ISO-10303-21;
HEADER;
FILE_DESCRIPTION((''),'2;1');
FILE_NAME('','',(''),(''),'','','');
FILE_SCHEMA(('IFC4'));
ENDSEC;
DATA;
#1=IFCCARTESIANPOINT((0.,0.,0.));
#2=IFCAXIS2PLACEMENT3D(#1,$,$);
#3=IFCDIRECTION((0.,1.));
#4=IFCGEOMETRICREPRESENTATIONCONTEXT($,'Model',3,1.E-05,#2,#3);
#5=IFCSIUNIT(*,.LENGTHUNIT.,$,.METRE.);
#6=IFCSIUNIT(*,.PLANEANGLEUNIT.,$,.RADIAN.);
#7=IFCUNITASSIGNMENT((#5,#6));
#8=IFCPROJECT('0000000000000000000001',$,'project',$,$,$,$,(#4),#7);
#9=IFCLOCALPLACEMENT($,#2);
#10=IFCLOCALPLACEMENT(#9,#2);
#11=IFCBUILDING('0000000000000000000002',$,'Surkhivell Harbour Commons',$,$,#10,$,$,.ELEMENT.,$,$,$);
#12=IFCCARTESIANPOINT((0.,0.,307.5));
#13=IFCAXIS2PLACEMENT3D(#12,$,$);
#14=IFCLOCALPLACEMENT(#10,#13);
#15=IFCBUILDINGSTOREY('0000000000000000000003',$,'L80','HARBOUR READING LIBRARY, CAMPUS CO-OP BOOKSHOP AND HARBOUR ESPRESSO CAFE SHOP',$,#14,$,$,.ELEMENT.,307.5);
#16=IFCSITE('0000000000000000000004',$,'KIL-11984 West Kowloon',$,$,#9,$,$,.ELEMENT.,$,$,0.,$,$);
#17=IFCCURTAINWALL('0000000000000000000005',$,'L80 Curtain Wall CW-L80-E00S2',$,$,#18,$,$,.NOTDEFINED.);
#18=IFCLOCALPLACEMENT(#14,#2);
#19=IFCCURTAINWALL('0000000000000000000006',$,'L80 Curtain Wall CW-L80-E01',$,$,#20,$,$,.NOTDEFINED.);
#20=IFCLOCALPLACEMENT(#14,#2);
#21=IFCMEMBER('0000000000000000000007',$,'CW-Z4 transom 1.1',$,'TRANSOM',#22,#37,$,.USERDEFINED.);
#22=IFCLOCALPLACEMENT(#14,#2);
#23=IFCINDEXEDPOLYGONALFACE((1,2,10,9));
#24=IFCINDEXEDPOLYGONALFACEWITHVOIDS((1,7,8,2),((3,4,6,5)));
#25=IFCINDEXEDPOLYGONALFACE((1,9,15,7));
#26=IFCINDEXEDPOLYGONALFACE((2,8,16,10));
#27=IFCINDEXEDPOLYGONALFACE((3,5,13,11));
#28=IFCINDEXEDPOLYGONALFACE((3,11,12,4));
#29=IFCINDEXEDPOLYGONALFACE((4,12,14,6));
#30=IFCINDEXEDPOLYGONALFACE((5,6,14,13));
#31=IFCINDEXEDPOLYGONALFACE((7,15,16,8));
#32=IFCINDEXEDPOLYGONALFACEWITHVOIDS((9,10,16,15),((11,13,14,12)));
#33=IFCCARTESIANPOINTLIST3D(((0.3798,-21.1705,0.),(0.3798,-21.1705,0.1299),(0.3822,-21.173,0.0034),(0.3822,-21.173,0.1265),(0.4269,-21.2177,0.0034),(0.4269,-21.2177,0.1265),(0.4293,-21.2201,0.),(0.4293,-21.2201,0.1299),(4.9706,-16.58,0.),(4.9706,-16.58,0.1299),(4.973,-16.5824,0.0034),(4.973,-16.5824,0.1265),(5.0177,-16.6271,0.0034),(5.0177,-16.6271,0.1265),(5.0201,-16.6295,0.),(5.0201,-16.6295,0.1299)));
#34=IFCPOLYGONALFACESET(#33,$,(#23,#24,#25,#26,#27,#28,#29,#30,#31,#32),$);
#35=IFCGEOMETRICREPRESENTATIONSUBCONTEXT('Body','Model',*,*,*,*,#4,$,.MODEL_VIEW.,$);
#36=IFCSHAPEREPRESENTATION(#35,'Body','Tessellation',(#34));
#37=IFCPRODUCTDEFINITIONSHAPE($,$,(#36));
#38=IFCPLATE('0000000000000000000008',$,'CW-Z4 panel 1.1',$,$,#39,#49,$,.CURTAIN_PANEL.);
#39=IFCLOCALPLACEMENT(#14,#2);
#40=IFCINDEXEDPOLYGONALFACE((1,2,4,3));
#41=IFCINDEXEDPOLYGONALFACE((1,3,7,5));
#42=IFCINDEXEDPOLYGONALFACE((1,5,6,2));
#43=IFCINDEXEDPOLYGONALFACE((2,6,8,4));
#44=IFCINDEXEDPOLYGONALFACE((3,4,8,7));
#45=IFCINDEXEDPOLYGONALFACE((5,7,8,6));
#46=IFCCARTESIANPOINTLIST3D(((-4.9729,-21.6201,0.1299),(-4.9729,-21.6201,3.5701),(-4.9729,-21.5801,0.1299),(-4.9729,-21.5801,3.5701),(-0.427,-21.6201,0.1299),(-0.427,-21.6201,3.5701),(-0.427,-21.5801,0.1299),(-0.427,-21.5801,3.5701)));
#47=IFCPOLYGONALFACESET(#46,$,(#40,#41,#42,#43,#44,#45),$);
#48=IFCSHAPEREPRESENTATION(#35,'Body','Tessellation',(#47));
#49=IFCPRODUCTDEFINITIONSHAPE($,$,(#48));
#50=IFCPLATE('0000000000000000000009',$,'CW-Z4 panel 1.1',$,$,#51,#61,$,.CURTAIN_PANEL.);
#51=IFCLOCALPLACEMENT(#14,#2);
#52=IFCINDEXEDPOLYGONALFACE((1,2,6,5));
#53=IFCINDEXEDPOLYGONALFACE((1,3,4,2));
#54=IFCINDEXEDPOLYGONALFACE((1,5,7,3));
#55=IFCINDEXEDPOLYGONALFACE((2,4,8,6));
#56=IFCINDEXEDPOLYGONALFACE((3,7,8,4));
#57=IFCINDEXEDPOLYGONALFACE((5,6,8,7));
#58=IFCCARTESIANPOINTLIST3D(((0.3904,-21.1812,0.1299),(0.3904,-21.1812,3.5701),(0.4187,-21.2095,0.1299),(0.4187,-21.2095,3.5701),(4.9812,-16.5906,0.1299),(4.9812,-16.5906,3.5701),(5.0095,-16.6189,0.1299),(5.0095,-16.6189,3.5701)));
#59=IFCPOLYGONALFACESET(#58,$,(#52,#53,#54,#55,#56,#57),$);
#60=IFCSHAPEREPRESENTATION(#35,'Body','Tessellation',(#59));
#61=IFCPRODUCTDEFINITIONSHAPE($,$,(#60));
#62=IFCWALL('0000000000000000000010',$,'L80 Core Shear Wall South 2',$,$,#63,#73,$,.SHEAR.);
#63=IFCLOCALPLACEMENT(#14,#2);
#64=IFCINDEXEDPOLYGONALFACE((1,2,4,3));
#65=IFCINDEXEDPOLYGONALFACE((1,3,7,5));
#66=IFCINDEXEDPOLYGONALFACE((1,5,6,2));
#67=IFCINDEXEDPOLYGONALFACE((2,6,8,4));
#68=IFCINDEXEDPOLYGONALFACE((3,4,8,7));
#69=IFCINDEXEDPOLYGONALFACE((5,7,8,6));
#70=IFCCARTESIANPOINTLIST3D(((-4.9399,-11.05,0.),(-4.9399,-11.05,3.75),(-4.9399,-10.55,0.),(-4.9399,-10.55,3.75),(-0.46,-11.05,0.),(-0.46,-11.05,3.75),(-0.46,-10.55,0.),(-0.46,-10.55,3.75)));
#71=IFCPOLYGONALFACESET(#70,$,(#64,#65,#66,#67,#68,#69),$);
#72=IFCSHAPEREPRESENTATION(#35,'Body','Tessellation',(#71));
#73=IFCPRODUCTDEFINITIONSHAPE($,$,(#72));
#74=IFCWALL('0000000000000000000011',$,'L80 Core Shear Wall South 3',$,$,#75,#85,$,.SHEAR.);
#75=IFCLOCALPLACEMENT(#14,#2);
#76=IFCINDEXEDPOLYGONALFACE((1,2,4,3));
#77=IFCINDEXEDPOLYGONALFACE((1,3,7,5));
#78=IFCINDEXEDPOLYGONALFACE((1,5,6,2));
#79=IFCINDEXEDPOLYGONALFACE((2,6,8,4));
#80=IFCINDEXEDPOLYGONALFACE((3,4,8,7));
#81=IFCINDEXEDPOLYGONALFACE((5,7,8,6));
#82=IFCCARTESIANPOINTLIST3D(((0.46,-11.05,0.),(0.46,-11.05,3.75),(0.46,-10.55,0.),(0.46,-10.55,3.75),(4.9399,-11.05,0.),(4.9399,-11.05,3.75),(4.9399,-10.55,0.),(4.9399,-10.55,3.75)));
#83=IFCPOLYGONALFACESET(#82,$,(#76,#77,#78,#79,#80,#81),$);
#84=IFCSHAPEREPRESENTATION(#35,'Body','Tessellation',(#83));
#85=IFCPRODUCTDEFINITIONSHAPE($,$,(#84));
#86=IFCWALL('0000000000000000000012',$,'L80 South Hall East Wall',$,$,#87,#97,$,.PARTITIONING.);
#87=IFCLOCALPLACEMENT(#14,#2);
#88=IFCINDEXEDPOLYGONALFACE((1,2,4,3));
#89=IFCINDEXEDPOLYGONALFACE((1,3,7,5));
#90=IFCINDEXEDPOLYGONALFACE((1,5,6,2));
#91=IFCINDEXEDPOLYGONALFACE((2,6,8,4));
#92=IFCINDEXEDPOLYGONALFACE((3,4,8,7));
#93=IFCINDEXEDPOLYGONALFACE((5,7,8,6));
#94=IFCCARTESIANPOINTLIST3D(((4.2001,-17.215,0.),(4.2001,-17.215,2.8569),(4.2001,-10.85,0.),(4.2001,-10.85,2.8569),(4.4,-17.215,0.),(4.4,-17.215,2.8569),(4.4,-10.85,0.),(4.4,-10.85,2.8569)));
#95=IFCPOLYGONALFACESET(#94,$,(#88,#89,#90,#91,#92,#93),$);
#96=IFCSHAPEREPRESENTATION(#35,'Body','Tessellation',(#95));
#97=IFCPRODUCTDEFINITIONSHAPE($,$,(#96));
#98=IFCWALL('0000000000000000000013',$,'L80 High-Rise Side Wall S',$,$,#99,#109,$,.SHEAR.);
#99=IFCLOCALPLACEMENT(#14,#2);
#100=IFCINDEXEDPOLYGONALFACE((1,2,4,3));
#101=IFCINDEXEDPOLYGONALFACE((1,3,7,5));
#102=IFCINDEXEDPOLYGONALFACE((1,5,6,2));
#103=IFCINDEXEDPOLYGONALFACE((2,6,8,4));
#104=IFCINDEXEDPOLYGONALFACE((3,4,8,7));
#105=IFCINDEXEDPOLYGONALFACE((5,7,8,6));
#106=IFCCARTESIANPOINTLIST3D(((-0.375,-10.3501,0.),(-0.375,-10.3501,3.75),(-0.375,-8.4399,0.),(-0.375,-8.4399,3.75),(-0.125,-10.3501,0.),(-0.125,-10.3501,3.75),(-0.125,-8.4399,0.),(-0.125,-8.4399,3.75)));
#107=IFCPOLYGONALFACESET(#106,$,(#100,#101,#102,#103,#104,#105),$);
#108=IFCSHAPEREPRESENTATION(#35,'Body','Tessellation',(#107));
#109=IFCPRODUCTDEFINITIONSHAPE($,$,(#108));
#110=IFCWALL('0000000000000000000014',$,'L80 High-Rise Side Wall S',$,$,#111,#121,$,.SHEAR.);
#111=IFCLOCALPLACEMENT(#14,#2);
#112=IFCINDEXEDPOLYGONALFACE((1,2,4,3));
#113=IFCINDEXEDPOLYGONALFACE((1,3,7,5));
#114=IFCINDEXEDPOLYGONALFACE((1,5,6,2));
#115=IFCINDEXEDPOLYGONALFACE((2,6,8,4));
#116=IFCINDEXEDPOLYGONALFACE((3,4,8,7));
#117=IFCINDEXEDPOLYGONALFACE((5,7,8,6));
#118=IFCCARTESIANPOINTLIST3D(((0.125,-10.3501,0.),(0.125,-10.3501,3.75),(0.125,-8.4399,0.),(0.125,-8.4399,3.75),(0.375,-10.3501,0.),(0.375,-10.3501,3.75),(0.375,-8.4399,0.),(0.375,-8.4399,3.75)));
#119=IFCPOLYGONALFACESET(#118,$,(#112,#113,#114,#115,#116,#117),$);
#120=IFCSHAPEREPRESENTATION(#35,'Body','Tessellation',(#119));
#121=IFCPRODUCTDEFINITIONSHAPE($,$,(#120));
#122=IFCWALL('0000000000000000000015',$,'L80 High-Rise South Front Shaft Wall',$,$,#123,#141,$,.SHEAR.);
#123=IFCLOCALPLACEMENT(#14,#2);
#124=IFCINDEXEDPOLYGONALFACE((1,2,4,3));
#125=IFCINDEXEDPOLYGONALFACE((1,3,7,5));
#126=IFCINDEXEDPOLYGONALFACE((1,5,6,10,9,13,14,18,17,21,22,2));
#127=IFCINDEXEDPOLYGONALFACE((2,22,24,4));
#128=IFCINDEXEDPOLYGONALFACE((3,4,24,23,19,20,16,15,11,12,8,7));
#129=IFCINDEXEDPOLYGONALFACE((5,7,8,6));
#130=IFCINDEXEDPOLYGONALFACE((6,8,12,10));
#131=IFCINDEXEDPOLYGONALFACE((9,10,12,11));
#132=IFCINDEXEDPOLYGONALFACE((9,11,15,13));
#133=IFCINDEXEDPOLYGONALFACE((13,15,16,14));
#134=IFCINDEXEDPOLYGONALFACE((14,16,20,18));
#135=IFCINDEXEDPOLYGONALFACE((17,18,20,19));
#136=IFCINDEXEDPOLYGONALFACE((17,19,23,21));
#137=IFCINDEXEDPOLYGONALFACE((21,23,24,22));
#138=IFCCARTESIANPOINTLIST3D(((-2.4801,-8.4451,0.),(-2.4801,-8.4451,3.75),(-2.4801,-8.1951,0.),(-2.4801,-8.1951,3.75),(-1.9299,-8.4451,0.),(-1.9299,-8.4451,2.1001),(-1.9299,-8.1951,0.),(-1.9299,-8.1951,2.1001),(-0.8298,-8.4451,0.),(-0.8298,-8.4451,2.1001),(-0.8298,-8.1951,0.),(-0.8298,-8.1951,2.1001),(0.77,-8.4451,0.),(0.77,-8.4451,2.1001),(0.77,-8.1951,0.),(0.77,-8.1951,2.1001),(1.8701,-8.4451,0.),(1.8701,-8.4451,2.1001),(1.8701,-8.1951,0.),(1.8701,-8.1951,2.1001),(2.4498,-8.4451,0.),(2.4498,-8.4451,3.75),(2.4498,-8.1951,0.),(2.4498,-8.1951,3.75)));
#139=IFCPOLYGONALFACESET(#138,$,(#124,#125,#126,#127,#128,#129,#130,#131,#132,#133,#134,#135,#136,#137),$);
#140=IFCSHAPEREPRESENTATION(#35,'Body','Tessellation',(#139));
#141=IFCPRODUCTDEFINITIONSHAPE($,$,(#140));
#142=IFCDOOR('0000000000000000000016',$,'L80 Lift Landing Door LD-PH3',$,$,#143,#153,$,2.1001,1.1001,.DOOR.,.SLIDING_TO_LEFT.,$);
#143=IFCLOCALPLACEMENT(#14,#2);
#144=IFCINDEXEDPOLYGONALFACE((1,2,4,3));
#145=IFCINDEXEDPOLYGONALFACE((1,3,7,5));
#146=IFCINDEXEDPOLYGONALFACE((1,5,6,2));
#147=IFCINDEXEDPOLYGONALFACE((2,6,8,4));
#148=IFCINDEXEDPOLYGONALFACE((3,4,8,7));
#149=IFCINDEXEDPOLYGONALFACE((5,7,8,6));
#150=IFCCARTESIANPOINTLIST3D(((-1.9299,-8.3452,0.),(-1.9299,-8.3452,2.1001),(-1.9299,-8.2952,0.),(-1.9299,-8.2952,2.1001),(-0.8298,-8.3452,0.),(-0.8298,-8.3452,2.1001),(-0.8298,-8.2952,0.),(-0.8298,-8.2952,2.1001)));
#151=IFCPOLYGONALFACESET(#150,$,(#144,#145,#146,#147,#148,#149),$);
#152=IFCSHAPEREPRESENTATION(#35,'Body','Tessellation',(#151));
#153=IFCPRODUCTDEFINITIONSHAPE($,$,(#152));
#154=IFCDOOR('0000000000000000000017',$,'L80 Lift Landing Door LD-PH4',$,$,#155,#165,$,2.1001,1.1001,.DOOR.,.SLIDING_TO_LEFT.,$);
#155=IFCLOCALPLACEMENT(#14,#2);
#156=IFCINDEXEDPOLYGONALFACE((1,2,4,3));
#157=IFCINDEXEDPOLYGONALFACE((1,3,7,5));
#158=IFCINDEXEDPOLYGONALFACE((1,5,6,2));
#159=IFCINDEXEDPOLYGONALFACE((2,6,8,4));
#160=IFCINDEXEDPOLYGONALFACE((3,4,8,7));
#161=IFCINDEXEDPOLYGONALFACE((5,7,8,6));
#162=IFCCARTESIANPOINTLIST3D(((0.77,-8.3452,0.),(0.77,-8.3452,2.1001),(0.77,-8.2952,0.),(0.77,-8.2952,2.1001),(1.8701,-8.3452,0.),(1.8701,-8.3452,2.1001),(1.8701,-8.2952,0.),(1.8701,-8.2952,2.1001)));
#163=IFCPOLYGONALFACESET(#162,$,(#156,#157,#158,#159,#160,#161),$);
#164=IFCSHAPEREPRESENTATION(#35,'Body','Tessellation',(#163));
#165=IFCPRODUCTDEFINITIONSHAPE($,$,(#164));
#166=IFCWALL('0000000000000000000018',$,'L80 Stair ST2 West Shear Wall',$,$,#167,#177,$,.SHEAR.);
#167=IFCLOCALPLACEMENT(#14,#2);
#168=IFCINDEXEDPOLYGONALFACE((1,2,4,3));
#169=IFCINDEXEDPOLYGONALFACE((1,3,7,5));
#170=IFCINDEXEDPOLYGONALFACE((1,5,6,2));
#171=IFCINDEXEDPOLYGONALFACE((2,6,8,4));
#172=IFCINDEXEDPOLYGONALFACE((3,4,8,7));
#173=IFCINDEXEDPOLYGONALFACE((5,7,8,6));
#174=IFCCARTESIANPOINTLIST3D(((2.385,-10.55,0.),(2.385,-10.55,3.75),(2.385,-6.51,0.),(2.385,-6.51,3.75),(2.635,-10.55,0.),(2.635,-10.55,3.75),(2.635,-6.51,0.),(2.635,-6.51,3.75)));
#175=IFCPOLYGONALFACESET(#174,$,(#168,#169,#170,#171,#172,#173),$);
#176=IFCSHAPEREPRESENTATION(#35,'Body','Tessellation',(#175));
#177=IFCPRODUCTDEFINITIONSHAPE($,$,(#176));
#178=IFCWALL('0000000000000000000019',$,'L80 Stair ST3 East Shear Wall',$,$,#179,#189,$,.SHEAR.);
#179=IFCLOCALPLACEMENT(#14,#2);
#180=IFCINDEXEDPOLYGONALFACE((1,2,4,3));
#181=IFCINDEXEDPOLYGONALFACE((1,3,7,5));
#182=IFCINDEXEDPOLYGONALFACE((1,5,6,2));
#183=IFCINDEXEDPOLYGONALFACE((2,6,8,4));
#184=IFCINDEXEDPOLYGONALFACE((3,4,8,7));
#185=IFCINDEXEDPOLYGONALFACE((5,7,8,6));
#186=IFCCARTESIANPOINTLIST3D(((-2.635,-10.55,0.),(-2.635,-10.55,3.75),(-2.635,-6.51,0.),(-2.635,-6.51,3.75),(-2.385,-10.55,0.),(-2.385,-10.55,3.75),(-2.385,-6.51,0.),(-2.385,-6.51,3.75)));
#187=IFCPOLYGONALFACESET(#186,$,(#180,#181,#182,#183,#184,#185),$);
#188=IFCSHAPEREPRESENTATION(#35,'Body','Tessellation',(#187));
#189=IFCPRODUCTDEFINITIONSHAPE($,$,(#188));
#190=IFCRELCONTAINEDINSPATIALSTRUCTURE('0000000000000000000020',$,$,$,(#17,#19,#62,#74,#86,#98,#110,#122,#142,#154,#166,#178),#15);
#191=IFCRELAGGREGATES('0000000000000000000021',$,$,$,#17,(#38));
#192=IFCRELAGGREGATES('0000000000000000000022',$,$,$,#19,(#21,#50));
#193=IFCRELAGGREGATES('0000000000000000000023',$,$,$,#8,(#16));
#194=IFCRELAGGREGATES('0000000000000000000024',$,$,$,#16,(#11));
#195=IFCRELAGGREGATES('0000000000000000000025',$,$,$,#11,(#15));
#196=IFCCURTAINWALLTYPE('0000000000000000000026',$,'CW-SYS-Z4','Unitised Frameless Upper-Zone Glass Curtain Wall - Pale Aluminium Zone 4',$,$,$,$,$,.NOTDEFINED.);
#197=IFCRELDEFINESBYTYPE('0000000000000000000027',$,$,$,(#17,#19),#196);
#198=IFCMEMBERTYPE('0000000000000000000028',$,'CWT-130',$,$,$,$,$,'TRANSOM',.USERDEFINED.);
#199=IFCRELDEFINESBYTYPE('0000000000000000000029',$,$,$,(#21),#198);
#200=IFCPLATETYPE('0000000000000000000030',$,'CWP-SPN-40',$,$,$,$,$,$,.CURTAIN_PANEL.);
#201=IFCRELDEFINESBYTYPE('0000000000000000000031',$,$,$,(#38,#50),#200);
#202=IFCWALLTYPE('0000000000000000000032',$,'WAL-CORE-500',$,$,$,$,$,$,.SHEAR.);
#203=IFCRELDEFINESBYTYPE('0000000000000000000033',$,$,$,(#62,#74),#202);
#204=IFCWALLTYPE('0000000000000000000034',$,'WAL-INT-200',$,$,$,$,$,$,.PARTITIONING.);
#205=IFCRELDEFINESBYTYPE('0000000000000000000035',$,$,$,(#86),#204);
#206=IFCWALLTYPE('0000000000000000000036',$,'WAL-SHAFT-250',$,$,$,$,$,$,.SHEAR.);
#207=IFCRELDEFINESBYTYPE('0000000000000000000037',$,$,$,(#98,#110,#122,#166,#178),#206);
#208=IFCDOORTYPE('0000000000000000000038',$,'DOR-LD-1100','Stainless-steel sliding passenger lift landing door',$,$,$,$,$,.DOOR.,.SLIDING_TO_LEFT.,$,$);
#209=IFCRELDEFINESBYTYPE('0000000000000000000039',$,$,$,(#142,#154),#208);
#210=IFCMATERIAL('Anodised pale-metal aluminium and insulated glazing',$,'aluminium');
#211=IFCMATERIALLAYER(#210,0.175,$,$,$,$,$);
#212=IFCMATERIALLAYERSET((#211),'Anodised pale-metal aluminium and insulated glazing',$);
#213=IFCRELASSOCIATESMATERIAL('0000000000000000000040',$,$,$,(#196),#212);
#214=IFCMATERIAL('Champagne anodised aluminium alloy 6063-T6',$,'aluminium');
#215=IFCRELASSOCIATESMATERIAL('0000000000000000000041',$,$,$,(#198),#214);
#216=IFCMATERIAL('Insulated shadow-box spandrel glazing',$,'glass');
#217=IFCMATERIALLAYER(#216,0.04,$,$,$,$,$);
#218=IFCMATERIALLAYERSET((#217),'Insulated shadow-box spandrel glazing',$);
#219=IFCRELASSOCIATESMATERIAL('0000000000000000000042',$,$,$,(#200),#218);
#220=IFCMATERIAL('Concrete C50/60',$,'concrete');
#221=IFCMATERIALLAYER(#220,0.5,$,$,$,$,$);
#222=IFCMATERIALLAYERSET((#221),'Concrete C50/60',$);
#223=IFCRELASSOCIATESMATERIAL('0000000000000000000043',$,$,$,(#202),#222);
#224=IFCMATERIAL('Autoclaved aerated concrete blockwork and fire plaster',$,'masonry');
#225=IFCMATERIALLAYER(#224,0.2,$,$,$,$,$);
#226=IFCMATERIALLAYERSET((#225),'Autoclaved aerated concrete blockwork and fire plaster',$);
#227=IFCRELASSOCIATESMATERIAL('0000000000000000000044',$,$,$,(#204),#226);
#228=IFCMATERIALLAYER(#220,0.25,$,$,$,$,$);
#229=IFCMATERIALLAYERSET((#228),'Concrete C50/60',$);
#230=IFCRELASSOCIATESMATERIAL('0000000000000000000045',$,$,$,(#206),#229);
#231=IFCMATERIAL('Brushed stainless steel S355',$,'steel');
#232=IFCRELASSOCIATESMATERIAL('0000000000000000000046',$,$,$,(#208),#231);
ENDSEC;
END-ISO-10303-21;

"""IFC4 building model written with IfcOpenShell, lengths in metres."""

from ifc_helpers import new_model, si_unit, direction, frame, frame_2d, origin, origin_2d, place, context, subcontext, project, spatial, rectangle, hollow_rectangle, extrude, material, layer, layer_set, material_profile, profile_set, type_object, element, fill, aggregate, save


model = new_model("IFC4")

# Units and contexts
model_context = context("Model", 3, precision=1e-05, world=origin(), true_north=direction((0.0, 1.0)))
body_context = subcontext(model_context, "Body", "Model", "MODEL_VIEW")
ifc_project = project(units=[si_unit("LENGTHUNIT", "METRE"), si_unit("PLANEANGLEUNIT", "RADIAN")], contexts=[model_context])

# Site, building, storey
site_placement = place(None, origin())
site = spatial("IfcSite", under=ifc_project, at=site_placement, Name="KIL-11984 West Kowloon", CompositionType="ELEMENT", RefElevation=0.0)
building_placement = place(site_placement, origin())
building = spatial("IfcBuilding", under=site, at=building_placement, Name="Surkhivell Harbour Commons", CompositionType="ELEMENT")
storey_placement = place(building_placement, frame((0.0, 0.0, 307.5)))
storey = spatial("IfcBuildingStorey", under=building, at=storey_placement, Name="L80", Description="HARBOUR READING LIBRARY, CAMPUS CO-OP BOOKSHOP AND HARBOUR ESPRESSO CAFE SHOP", CompositionType="ELEMENT", Elevation=307.5)

# Shared definitions
ifc_material_1 = material(Name="Concrete C50/60", Category="concrete")

# Curtain wall
ifc_material_2 = material(Name="Anodised pale-metal aluminium and insulated glazing", Category="aluminium")
ifc_layer_1 = layer(ifc_material_2, 0.175)
ifc_layer_set_1 = layer_set([ifc_layer_1], Name="Anodised pale-metal aluminium and insulated glazing")
curtain_wall_type = type_object("IfcCurtainWallType", Name="CW-SYS-Z4", Description="Unitised Frameless Upper-Zone Glass Curtain Wall - Pale Aluminium Zone 4", PredefinedType="NOTDEFINED", material=ifc_layer_set_1)
curtain_wall_1_placement = place(storey_placement, origin())
curtain_wall_1 = element("IfcCurtainWall", 1, at=curtain_wall_1_placement, inside=storey, type_object=curtain_wall_type, Name="L80 Curtain Wall CW-L80-E00S2", PredefinedType="NOTDEFINED")

# Curtain wall
curtain_wall_2_placement = place(storey_placement, origin())
curtain_wall_2 = element("IfcCurtainWall", 2, at=curtain_wall_2_placement, inside=storey, type_object=curtain_wall_type, Name="L80 Curtain Wall CW-L80-E01", PredefinedType="NOTDEFINED")

# Member
ifc_material_3 = material(Name="Champagne anodised aluminium alloy 6063-T6", Category="aluminium")
ifc_material_profile_1 = material_profile(ifc_material_3, hollow_rectangle(XDim=0.0701, YDim=0.1299, WallThickness=0.0034, at=origin_2d()), Name="ALU-TRAN-70x130")
ifc_profile_set_1 = profile_set([ifc_material_profile_1], Name="Champagne anodised aluminium alloy 6063-T6")
member_type_1 = type_object("IfcMemberType", Name="CWT-130", ElementType="TRANSOM", PredefinedType="USERDEFINED", material=ifc_profile_set_1)
member_1_placement = place(storey_placement, frame((0.4045, -21.1953, 0.0649), z_axis=(0.707126, 0.707088, 0.0), x_axis=(-0.707088, 0.707126, 0.0)))
member_1 = element("IfcMember", 3, at=member_1_placement, type_object=member_type_1, Name="CW-Z4 transom 1.1", ObjectType="TRANSOM", PredefinedType="USERDEFINED", context=body_context, shape_type="SweptSolid", body=[
    extrude(hollow_rectangle(XDim=0.0701, YDim=0.1299, WallThickness=0.0034, at=origin_2d()), origin(), (0.0, 0.0, 1.0), 6.4922),
])

# Plates
ifc_material_4 = material(Name="Insulated shadow-box spandrel glazing", Category="glass")
ifc_layer_2 = layer(ifc_material_4, 0.04)
ifc_layer_set_2 = layer_set([ifc_layer_2], Name="Insulated shadow-box spandrel glazing")
plate_type = type_object("IfcPlateType", Name="CWP-SPN-40", PredefinedType="CURTAIN_PANEL", material=ifc_layer_set_2)
plate_1_placement = place(storey_placement, frame((-4.9729, -21.6001, 0.1299), z_axis=(0.0, 0.0, 1.0), x_axis=(1.0, 0.0, 0.0)))
plate_1 = element("IfcPlate", 4, at=plate_1_placement, type_object=plate_type, Name="CW-Z4 panel 1.1", PredefinedType="CURTAIN_PANEL", context=body_context, shape_type="SweptSolid", body=[
    extrude(rectangle(XDim=4.5459, YDim=0.04, at=frame_2d((2.2729, 0.0))), origin(), (0.0, 0.0, 1.0), 3.4402),
])
aggregate(curtain_wall_1, [plate_1])
plate_2_placement = place(storey_placement, frame((0.4045, -21.1953, 0.1299), z_axis=(0.0, 0.0, 1.0), x_axis=(0.707126, 0.707088, 0.0)))
plate_2 = element("IfcPlate", 5, at=plate_2_placement, type_object=plate_type, Name="CW-Z4 panel 1.1", PredefinedType="CURTAIN_PANEL", context=body_context, shape_type="SweptSolid", body=[
    extrude(rectangle(XDim=6.4922, YDim=0.04, at=frame_2d((3.2461, 0.0))), origin(), (0.0, 0.0, 1.0), 3.4402),
])
aggregate(curtain_wall_2, [member_1, plate_2])

# Walls
ifc_layer_3 = layer(ifc_material_1, 0.5)
ifc_layer_set_3 = layer_set([ifc_layer_3], Name="Concrete C50/60")
wall_type_1 = type_object("IfcWallType", Name="WAL-CORE-500", PredefinedType="SHEAR", material=ifc_layer_set_3)
for number, where, z_axis, x_axis, name in (
    (6, (-4.9399, -10.8, 0.0), (0.0, 0.0, 1.0), (1.0, 0.0, 0.0), "L80 Core Shear Wall South 2"),
    (7, (0.46, -10.8, 0.0), (0.0, 0.0, 1.0), (1.0, 0.0, 0.0), "L80 Core Shear Wall South 3"),
):
    element("IfcWall", number, at=place(storey_placement, frame(where, z_axis=z_axis, x_axis=x_axis)), inside=storey, type_object=wall_type_1, Name=name, PredefinedType="SHEAR", context=body_context, shape_type="SweptSolid", body=[
        extrude(rectangle(XDim=4.48, YDim=0.5, at=frame_2d((2.24, 0.0))), origin(), (0.0, 0.0, 1.0), 3.75),
    ])
ifc_material_5 = material(Name="Autoclaved aerated concrete blockwork and fire plaster", Category="masonry")
ifc_layer_4 = layer(ifc_material_5, 0.2)
ifc_layer_set_4 = layer_set([ifc_layer_4], Name="Autoclaved aerated concrete blockwork and fire plaster")
wall_type_2 = type_object("IfcWallType", Name="WAL-INT-200", PredefinedType="PARTITIONING", material=ifc_layer_set_4)
wall_1_placement = place(storey_placement, frame((4.3, -17.2151, 0.0), z_axis=(0.0, 0.0, 1.0), x_axis=(0.0, 1.0, 0.0)))
element("IfcWall", 8, at=wall_1_placement, inside=storey, type_object=wall_type_2, Name="L80 South Hall East Wall", PredefinedType="PARTITIONING", context=body_context, shape_type="SweptSolid", body=[
    extrude(rectangle(XDim=6.365, YDim=0.2, at=frame_2d((3.1826, 0.0))), origin(), (0.0, 0.0, 1.0), 2.8569),
])
ifc_layer_5 = layer(ifc_material_1, 0.25)
ifc_layer_set_5 = layer_set([ifc_layer_5], Name="Concrete C50/60")
wall_type_3 = type_object("IfcWallType", Name="WAL-SHAFT-250", PredefinedType="SHEAR", material=ifc_layer_set_5)
for number, where, z_axis, x_axis, name in (
    (9, (-0.25, -10.3501, 0.0), (0.0, 0.0, 1.0), (0.0, 1.0, 0.0), "L80 High-Rise Side Wall S"),
    (10, (0.25, -10.3501, 0.0), (0.0, 0.0, 1.0), (0.0, 1.0, 0.0), "L80 High-Rise Side Wall S"),
):
    element("IfcWall", number, at=place(storey_placement, frame(where, z_axis=z_axis, x_axis=x_axis)), inside=storey, type_object=wall_type_3, Name=name, PredefinedType="SHEAR", context=body_context, shape_type="SweptSolid", body=[
        extrude(rectangle(XDim=1.9102, YDim=0.25, at=frame_2d((0.9551, 0.0))), origin(), (0.0, 0.0, 1.0), 3.75),
    ])

# Wall, openings, doors
wall_2_placement = place(storey_placement, frame((-2.48, -8.3201, 0.0), z_axis=(0.0, 0.0, 1.0), x_axis=(1.0, 0.0, 0.0)))
wall_2 = element("IfcWall", 11, at=wall_2_placement, inside=storey, type_object=wall_type_3, Name="L80 High-Rise South Front Shaft Wall", PredefinedType="SHEAR", context=body_context, shape_type="SweptSolid", body=[
    extrude(rectangle(XDim=4.9299, YDim=0.25, at=frame_2d((2.4648, 0.0))), origin(), (0.0, 0.0, 1.0), 3.75),
])
opening_1_placement = place(wall_2_placement, frame((0.55, 0.0, 0.0)))
opening_1 = element("IfcOpeningElement", 12, at=opening_1_placement, cuts=wall_2, PredefinedType="OPENING", context=body_context, shape_type="SweptSolid", body=[
    extrude(rectangle(XDim=1.1001, YDim=2.1001, at=frame_2d((0.55, 1.05))), frame((0.0, 0.135, 0.0), z_axis=(0.0, -1.0, 0.0), x_axis=(1.0, 0.0, 0.0)), (0.0, 0.0, 1.0), 0.27),
])
opening_2_placement = place(wall_2_placement, frame((3.25, 0.0, 0.0)))
opening_2 = element("IfcOpeningElement", 13, at=opening_2_placement, cuts=wall_2, PredefinedType="OPENING", context=body_context, shape_type="SweptSolid", body=[
    extrude(rectangle(XDim=1.1001, YDim=2.1001, at=frame_2d((0.55, 1.05))), frame((0.0, 0.135, 0.0), z_axis=(0.0, -1.0, 0.0), x_axis=(1.0, 0.0, 0.0)), (0.0, 0.0, 1.0), 0.27),
])
ifc_material_6 = material(Name="Brushed stainless steel S355", Category="steel")
door_type = type_object("IfcDoorType", Name="DOR-LD-1100", Description="Stainless-steel sliding passenger lift landing door", OperationType="SLIDING_TO_LEFT", PredefinedType="DOOR", material=ifc_material_6)
door_1_placement = place(opening_1_placement, origin())
door_1 = element("IfcDoor", 14, at=door_1_placement, inside=storey, type_object=door_type, Name="L80 Lift Landing Door LD-PH3", OperationType="SLIDING_TO_LEFT", OverallHeight=2.1001, OverallWidth=1.1001, PredefinedType="DOOR", context=body_context, shape_type="SweptSolid", body=[
    extrude(rectangle(XDim=1.1001, YDim=2.1001, at=frame_2d((0.55, 1.05))), frame((0.0, 0.0249, 0.0), z_axis=(0.0, -1.0, 0.0), x_axis=(1.0, 0.0, 0.0)), (0.0, 0.0, 1.0), 0.05),
])
fill(opening_1, door_1)
door_2_placement = place(opening_2_placement, origin())
door_2 = element("IfcDoor", 15, at=door_2_placement, inside=storey, type_object=door_type, Name="L80 Lift Landing Door LD-PH4", OperationType="SLIDING_TO_LEFT", OverallHeight=2.1001, OverallWidth=1.1001, PredefinedType="DOOR", context=body_context, shape_type="SweptSolid", body=[
    extrude(rectangle(XDim=1.1001, YDim=2.1001, at=frame_2d((0.55, 1.05))), frame((0.0, 0.0249, 0.0), z_axis=(0.0, -1.0, 0.0), x_axis=(1.0, 0.0, 0.0)), (0.0, 0.0, 1.0), 0.05),
])
fill(opening_2, door_2)

# Walls
for number, where, z_axis, x_axis, name in (
    (16, (2.51, -10.55, 0.0), (0.0, 0.0, 1.0), (0.0, 1.0, 0.0), "L80 Stair ST2 West Shear Wall"),
    (17, (-2.51, -10.55, 0.0), (0.0, 0.0, 1.0), (0.0, 1.0, 0.0), "L80 Stair ST3 East Shear Wall"),
):
    element("IfcWall", number, at=place(storey_placement, frame(where, z_axis=z_axis, x_axis=x_axis)), inside=storey, type_object=wall_type_3, Name=name, PredefinedType="SHEAR", context=body_context, shape_type="SweptSolid", body=[
        extrude(rectangle(XDim=4.04, YDim=0.25, at=frame_2d((2.02, 0.0))), origin(), (0.0, 0.0, 1.0), 3.75),
    ])

save(model, "model.ifc")
